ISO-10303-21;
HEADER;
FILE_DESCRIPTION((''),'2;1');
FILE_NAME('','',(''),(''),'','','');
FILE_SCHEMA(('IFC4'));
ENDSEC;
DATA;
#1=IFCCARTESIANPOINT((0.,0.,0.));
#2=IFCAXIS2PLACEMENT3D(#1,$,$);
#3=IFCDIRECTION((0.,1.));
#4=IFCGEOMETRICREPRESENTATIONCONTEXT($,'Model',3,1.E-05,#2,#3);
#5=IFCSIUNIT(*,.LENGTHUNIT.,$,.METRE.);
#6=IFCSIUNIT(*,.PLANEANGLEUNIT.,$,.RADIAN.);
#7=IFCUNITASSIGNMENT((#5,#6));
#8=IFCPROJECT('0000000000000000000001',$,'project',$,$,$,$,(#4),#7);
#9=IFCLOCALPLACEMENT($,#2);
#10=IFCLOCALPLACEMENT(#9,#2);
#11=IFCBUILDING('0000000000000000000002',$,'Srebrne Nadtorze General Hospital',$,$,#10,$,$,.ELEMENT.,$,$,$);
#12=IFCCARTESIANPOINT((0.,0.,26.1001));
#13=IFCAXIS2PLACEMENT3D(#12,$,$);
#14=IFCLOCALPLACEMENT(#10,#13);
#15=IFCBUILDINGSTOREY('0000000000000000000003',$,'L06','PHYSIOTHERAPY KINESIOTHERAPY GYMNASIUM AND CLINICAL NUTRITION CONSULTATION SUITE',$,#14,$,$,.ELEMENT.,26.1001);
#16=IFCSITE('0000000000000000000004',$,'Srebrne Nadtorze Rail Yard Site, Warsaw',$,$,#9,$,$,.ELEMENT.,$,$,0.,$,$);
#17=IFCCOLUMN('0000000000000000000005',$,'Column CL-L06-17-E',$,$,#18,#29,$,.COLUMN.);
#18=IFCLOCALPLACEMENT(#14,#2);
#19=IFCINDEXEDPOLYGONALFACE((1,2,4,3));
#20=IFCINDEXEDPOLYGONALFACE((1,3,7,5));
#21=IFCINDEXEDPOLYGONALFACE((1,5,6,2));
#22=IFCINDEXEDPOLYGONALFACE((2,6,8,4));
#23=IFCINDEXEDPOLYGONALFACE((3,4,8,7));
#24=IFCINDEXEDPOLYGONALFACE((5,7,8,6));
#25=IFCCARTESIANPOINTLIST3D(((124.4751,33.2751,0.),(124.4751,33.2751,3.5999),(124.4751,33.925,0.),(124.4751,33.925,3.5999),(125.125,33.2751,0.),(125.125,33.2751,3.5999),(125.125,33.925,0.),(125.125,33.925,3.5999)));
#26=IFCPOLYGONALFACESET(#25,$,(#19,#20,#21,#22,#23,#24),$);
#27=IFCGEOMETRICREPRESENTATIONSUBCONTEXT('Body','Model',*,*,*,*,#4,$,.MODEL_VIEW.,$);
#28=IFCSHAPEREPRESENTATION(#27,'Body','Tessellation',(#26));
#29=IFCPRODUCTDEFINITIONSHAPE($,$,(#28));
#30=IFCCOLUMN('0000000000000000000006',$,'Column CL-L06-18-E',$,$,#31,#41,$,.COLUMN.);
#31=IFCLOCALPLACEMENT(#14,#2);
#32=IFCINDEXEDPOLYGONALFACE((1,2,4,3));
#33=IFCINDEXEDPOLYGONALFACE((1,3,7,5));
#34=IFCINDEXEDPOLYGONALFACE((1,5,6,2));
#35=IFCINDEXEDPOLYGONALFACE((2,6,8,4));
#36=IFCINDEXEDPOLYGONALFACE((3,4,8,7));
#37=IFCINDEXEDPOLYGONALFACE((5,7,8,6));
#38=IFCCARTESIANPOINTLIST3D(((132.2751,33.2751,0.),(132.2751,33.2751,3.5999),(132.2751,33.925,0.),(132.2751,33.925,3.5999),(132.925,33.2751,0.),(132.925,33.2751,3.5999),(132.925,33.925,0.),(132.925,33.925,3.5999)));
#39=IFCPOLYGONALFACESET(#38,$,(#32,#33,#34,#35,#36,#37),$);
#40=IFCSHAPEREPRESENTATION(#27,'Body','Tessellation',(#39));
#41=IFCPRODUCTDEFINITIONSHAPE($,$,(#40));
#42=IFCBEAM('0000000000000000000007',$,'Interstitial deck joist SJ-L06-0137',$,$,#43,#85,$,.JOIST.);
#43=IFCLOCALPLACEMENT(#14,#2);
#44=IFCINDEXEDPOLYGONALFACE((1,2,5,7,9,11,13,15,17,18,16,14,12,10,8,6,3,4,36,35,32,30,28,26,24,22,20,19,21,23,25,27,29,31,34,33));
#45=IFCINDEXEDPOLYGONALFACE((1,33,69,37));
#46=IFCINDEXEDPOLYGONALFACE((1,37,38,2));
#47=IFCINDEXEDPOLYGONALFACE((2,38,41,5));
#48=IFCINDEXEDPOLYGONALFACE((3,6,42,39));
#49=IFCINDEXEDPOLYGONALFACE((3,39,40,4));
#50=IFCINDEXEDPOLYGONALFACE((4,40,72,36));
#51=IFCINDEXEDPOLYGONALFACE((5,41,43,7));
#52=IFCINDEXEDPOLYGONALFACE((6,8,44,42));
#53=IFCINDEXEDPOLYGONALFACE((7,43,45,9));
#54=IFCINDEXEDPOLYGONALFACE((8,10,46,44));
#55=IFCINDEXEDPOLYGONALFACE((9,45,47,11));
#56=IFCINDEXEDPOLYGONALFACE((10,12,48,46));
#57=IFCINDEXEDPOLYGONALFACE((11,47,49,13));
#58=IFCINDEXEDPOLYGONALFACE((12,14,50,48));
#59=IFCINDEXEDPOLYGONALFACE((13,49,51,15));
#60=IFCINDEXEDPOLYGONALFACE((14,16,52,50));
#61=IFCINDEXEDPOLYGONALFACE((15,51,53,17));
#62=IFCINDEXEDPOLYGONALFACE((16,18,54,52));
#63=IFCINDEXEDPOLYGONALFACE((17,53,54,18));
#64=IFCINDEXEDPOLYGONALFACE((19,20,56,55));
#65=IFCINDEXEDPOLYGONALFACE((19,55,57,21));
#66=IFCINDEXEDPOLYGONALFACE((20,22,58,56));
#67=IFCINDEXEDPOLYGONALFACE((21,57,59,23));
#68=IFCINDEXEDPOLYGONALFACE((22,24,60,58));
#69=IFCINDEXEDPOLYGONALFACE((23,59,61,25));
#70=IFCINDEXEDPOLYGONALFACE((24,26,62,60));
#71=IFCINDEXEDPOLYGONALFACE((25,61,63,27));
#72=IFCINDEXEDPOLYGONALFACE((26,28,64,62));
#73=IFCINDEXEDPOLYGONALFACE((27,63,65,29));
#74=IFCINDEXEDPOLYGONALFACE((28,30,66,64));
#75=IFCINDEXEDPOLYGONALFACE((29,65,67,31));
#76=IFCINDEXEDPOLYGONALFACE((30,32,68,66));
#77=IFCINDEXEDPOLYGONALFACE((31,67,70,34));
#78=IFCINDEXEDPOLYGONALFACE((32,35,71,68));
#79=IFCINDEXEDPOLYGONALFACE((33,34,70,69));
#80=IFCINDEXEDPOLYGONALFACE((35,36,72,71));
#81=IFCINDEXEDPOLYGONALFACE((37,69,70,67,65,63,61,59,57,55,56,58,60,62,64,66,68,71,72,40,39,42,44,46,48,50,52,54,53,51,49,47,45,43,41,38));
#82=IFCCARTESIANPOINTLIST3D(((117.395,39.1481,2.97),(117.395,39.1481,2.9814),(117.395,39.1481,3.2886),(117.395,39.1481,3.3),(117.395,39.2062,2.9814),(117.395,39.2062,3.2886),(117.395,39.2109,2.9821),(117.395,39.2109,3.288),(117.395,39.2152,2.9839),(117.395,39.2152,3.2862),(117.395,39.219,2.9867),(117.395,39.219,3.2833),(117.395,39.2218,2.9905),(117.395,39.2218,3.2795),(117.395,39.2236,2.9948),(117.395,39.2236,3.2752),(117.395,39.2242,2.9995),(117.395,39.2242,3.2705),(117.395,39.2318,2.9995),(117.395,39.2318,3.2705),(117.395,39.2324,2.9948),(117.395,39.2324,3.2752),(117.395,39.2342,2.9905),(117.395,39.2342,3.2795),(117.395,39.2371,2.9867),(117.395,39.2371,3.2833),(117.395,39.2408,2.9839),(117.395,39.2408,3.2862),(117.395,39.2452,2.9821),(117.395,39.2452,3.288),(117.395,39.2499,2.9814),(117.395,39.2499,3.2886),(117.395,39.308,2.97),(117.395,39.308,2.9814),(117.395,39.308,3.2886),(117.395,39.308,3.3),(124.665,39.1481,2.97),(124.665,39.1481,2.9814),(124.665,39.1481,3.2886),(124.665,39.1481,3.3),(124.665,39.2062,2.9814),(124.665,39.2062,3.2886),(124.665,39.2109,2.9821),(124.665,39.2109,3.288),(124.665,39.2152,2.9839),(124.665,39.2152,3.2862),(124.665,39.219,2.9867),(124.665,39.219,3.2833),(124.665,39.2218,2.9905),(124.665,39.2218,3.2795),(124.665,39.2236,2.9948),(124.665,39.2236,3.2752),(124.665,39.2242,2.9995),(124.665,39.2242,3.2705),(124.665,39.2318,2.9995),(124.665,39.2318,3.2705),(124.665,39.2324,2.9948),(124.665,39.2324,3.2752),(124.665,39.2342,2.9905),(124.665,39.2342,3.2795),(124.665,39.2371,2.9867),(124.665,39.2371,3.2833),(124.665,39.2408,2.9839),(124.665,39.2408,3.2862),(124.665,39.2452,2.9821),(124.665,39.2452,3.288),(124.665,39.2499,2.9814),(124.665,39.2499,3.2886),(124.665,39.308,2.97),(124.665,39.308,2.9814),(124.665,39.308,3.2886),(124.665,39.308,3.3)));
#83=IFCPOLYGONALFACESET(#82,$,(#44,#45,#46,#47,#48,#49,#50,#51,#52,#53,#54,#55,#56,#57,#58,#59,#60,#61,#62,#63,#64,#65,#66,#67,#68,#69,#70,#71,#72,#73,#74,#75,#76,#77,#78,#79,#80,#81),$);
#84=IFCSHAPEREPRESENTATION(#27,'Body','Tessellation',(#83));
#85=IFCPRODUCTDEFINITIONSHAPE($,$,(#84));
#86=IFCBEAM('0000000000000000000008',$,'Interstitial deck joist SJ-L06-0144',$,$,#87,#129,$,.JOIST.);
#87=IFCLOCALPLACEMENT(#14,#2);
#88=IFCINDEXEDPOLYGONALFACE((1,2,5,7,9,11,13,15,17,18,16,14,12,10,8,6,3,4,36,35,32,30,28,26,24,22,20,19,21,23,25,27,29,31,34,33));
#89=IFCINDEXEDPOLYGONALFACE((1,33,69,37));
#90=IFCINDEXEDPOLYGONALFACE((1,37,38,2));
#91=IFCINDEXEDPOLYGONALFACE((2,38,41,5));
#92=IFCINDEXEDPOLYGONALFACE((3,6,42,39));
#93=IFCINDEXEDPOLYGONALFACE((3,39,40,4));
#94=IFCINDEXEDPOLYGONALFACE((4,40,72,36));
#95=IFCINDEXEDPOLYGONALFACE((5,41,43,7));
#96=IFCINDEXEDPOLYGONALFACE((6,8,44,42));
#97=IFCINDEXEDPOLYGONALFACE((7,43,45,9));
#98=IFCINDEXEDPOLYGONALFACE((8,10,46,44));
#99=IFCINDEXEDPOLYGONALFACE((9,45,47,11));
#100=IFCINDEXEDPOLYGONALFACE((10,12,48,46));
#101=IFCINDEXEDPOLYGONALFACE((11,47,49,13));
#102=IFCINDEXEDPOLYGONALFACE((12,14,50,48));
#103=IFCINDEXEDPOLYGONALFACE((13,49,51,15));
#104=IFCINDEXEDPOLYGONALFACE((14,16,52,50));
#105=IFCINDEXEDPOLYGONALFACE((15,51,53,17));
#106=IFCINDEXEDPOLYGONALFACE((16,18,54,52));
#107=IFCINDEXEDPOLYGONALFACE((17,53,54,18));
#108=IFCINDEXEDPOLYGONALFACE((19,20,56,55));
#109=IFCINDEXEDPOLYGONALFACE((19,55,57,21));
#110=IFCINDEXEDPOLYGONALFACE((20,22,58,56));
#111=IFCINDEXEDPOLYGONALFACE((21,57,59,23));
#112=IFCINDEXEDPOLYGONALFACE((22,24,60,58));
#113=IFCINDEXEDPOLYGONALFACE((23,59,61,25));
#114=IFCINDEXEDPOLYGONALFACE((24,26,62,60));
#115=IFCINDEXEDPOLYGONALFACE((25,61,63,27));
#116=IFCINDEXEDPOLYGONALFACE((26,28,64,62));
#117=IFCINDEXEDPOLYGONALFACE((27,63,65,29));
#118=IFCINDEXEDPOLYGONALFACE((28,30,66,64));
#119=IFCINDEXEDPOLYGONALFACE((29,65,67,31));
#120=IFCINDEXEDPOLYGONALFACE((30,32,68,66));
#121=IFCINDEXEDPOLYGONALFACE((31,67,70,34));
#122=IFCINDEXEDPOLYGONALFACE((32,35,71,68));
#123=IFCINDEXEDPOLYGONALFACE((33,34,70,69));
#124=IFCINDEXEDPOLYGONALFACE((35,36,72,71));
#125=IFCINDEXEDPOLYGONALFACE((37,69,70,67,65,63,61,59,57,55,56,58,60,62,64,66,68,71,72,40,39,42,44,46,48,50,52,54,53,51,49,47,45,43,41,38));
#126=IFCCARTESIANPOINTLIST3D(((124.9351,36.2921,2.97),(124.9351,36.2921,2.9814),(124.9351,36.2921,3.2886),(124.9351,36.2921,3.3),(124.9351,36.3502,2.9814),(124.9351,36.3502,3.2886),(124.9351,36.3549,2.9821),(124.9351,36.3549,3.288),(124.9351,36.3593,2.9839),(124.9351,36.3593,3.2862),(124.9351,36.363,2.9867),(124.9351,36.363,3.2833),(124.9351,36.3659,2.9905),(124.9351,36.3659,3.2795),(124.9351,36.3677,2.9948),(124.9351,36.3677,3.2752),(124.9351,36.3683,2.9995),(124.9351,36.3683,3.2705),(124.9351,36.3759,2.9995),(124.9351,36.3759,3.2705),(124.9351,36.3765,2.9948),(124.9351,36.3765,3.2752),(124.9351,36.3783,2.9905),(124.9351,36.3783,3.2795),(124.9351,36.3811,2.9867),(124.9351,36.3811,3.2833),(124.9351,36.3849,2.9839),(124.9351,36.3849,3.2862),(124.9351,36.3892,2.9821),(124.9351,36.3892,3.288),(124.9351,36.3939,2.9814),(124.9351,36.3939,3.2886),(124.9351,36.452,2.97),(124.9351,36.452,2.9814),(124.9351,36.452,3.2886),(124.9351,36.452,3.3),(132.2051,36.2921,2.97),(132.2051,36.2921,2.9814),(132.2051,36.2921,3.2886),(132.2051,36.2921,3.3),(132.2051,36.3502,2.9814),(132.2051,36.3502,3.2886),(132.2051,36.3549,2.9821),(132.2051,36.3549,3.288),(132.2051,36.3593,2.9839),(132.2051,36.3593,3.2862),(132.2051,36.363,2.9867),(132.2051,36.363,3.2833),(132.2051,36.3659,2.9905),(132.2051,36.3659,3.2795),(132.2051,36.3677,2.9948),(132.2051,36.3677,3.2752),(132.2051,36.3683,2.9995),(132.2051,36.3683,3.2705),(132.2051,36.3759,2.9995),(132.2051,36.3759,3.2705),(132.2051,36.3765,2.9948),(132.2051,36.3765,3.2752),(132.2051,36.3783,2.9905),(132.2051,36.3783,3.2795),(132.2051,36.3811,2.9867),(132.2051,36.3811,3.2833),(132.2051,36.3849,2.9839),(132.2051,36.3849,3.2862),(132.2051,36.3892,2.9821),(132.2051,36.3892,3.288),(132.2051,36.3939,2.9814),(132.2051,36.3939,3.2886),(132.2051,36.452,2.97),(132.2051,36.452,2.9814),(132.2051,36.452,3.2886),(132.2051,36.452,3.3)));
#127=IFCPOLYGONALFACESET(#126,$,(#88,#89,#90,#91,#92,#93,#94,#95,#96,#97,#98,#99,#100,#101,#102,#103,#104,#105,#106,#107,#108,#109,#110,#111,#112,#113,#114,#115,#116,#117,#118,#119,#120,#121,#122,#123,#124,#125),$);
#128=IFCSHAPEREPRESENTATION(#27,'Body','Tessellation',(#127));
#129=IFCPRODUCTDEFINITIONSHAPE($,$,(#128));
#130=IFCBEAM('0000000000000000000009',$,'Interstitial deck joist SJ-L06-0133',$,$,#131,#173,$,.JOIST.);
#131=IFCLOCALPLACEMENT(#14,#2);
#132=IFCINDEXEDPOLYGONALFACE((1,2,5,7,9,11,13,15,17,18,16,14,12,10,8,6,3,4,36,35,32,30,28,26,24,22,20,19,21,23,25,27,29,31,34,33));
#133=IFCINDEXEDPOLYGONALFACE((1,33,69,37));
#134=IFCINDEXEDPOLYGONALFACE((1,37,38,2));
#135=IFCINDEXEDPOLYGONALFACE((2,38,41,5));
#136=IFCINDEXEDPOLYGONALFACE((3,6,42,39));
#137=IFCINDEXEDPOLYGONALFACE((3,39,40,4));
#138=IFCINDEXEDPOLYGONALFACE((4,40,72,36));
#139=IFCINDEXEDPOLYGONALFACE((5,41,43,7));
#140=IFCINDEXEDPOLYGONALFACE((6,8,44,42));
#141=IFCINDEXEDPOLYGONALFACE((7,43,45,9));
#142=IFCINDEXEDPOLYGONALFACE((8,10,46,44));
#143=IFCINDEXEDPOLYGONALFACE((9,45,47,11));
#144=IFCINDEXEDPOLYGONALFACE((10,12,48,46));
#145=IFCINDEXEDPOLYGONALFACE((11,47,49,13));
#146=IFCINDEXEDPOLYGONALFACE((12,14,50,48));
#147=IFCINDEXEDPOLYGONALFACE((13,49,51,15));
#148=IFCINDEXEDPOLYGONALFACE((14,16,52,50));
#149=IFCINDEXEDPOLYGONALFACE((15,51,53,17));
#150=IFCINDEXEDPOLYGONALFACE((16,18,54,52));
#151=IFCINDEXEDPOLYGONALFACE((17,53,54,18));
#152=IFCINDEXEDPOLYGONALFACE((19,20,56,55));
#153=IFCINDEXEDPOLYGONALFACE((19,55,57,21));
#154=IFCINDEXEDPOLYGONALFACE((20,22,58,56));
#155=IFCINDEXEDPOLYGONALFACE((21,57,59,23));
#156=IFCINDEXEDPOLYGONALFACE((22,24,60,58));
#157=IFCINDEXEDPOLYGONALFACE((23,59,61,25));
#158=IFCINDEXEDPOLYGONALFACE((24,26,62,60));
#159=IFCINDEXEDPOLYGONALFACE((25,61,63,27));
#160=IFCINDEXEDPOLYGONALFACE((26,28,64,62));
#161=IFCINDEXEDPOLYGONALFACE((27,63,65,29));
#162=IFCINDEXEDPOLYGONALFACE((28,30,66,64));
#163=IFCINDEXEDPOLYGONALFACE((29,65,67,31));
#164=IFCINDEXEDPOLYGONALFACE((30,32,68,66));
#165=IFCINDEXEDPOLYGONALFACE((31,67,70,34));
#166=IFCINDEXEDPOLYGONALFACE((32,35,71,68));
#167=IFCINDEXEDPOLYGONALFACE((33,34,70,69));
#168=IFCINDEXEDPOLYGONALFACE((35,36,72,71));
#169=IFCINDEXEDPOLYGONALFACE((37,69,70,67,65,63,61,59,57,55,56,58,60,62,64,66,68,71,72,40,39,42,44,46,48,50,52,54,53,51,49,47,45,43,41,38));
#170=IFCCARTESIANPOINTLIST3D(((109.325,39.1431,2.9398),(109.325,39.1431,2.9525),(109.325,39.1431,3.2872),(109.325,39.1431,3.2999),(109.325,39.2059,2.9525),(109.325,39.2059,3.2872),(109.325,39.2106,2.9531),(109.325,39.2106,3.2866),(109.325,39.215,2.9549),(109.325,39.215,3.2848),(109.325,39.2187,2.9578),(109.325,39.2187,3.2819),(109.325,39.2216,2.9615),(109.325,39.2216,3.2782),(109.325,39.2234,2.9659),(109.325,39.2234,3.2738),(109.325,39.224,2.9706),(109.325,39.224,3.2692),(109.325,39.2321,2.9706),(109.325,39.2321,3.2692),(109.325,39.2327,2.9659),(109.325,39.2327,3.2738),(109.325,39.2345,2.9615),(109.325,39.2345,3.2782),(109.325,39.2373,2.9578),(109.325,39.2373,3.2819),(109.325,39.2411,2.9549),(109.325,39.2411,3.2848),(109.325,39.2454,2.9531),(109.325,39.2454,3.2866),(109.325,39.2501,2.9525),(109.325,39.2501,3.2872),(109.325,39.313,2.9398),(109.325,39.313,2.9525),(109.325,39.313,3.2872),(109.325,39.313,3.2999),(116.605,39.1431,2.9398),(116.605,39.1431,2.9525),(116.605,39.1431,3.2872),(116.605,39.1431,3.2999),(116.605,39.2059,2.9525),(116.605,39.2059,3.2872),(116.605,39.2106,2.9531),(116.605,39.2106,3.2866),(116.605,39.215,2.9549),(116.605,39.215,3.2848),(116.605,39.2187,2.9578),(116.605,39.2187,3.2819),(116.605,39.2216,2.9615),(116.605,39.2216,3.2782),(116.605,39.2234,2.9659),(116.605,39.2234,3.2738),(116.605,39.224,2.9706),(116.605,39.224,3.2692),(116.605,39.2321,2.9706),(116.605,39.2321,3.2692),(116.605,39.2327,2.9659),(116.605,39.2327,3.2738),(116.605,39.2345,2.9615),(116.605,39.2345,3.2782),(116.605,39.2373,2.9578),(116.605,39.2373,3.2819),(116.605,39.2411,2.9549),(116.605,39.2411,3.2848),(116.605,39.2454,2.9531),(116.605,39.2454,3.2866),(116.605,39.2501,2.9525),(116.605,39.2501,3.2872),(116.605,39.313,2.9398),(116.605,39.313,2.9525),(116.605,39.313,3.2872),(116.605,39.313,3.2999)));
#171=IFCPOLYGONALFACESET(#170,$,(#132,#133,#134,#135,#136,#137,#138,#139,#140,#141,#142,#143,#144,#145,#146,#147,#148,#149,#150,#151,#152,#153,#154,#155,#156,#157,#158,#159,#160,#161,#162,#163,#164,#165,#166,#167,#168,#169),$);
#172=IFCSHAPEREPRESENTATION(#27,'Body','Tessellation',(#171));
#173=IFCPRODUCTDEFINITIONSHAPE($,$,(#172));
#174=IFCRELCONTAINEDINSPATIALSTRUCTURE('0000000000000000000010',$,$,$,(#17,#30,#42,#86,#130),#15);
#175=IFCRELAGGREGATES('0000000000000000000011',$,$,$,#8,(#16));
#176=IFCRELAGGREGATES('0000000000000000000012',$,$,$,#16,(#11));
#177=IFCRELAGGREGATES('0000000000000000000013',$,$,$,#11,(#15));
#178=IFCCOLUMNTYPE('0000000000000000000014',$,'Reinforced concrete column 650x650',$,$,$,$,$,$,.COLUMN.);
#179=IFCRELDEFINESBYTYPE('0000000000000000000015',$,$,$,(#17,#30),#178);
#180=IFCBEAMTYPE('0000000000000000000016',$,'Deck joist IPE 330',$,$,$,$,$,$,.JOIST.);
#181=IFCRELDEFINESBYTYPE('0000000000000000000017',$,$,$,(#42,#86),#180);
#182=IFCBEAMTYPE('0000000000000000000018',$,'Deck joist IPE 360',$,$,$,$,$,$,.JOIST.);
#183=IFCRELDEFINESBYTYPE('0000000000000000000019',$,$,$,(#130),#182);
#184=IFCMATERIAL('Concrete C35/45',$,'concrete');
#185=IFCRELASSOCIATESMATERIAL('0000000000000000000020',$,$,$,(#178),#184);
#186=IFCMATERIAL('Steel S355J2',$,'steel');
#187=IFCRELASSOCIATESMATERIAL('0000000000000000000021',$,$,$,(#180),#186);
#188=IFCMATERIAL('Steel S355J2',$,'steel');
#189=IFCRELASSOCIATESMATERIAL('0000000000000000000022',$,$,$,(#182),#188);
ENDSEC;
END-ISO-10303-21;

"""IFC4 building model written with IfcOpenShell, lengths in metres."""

from ifc_helpers import new_model, si_unit, direction, frame, origin, origin_2d, place, context, subcontext, project, spatial, rectangle, i_section, extrude, material, material_profile, profile_set, type_object, element, save


model = new_model("IFC4")

# Units and contexts
model_context = context("Model", 3, precision=1e-05, world=origin(), true_north=direction((0.0, 1.0)))
body_context = subcontext(model_context, "Body", "Model", "MODEL_VIEW")
ifc_project = project(units=[si_unit("LENGTHUNIT", "METRE"), si_unit("PLANEANGLEUNIT", "RADIAN")], contexts=[model_context])

# Site, building, storey
site_placement = place(None, origin())
site = spatial("IfcSite", under=ifc_project, at=site_placement, Name="Srebrne Nadtorze Rail Yard Site, Warsaw", CompositionType="ELEMENT", RefElevation=0.0)
building_placement = place(site_placement, origin())
building = spatial("IfcBuilding", under=site, at=building_placement, Name="Srebrne Nadtorze General Hospital", CompositionType="ELEMENT")
storey_placement = place(building_placement, frame((0.0, 0.0, 26.1001)))
storey = spatial("IfcBuildingStorey", under=building, at=storey_placement, Name="L06", Description="PHYSIOTHERAPY KINESIOTHERAPY GYMNASIUM AND CLINICAL NUTRITION CONSULTATION SUITE", CompositionType="ELEMENT", Elevation=26.1001)

# Columns
ifc_material_1 = material(Name="Concrete C35/45", Category="concrete")
ifc_material_profile_1 = material_profile(ifc_material_1, rectangle(XDim=0.6499, YDim=0.6499, at=origin_2d()), Name="RC-COL-650x650")
ifc_profile_set_1 = profile_set([ifc_material_profile_1], Name="Concrete C35/45")
column_type = type_object("IfcColumnType", Name="Reinforced concrete column 650x650", PredefinedType="COLUMN", material=ifc_profile_set_1)
for number, where, z_axis, x_axis, name in (
    (1, (124.8, 33.6001, 0.0), (0.0, 0.0, 1.0), (1.0, 0.0, 0.0), "Column CL-L06-17-E"),
    (2, (132.6001, 33.6001, 0.0), (0.0, 0.0, 1.0), (1.0, 0.0, 0.0), "Column CL-L06-18-E"),
):
    element("IfcColumn", number, at=place(storey_placement, frame(where, z_axis=z_axis, x_axis=x_axis)), inside=storey, type_object=column_type, Name=name, PredefinedType="COLUMN", context=body_context, shape_type="SweptSolid", body=[
        extrude(rectangle(XDim=0.6499, YDim=0.6499, at=origin_2d()), origin(), (0.0, 0.0, 1.0), 3.5999),
    ])

# Beams
ifc_material_2 = material(Name="Steel S355J2", Category="steel")
ifc_material_profile_2 = material_profile(ifc_material_2, i_section(OverallWidth=0.1599, OverallDepth=0.3301, WebThickness=0.0076, FlangeThickness=0.0115, FilletRadius=0.0181, at=origin_2d()), Name="IPE-330")
ifc_profile_set_2 = profile_set([ifc_material_profile_2], Name="Steel S355J2")
beam_type_1 = type_object("IfcBeamType", Name="Deck joist IPE 330", PredefinedType="JOIST", material=ifc_profile_set_2)
for number, where, z_axis, x_axis, name in (
    (3, (117.395, 39.228, 3.135), (1.0, 0.0, 0.0), (0.0, 1.0, 0.0), "Interstitial deck joist SJ-L06-0137"),
    (4, (124.9351, 36.3721, 3.135), (1.0, 0.0, 0.0), (0.0, 1.0, 0.0), "Interstitial deck joist SJ-L06-0144"),
):
    element("IfcBeam", number, at=place(storey_placement, frame(where, z_axis=z_axis, x_axis=x_axis)), inside=storey, type_object=beam_type_1, Name=name, PredefinedType="JOIST", context=body_context, shape_type="SweptSolid", body=[
        extrude(i_section(OverallWidth=0.1599, OverallDepth=0.3301, WebThickness=0.0076, FlangeThickness=0.0115, FilletRadius=0.0181, at=origin_2d()), origin(), (0.0, 0.0, 1.0), 7.27),
    ])
ifc_material_3 = material(Name="Steel S355J2", Category="steel")
ifc_material_profile_3 = material_profile(ifc_material_3, i_section(OverallWidth=0.1699, OverallDepth=0.3601, WebThickness=0.0081, FlangeThickness=0.0127, FilletRadius=0.0181, at=origin_2d()), Name="IPE-360")
ifc_profile_set_3 = profile_set([ifc_material_profile_3], Name="Steel S355J2")
beam_type_2 = type_object("IfcBeamType", Name="Deck joist IPE 360", PredefinedType="JOIST", material=ifc_profile_set_3)
beam_1_placement = place(storey_placement, frame((109.325, 39.228, 3.1199), z_axis=(1.0, 0.0, 0.0), x_axis=(0.0, 1.0, 0.0)))
element("IfcBeam", 5, at=beam_1_placement, inside=storey, type_object=beam_type_2, Name="Interstitial deck joist SJ-L06-0133", PredefinedType="JOIST", context=body_context, shape_type="SweptSolid", body=[
    extrude(i_section(OverallWidth=0.1699, OverallDepth=0.3601, WebThickness=0.0081, FlangeThickness=0.0127, FilletRadius=0.0181, at=origin_2d()), origin(), (0.0, 0.0, 1.0), 7.28),
])

save(model, "model.ifc")
